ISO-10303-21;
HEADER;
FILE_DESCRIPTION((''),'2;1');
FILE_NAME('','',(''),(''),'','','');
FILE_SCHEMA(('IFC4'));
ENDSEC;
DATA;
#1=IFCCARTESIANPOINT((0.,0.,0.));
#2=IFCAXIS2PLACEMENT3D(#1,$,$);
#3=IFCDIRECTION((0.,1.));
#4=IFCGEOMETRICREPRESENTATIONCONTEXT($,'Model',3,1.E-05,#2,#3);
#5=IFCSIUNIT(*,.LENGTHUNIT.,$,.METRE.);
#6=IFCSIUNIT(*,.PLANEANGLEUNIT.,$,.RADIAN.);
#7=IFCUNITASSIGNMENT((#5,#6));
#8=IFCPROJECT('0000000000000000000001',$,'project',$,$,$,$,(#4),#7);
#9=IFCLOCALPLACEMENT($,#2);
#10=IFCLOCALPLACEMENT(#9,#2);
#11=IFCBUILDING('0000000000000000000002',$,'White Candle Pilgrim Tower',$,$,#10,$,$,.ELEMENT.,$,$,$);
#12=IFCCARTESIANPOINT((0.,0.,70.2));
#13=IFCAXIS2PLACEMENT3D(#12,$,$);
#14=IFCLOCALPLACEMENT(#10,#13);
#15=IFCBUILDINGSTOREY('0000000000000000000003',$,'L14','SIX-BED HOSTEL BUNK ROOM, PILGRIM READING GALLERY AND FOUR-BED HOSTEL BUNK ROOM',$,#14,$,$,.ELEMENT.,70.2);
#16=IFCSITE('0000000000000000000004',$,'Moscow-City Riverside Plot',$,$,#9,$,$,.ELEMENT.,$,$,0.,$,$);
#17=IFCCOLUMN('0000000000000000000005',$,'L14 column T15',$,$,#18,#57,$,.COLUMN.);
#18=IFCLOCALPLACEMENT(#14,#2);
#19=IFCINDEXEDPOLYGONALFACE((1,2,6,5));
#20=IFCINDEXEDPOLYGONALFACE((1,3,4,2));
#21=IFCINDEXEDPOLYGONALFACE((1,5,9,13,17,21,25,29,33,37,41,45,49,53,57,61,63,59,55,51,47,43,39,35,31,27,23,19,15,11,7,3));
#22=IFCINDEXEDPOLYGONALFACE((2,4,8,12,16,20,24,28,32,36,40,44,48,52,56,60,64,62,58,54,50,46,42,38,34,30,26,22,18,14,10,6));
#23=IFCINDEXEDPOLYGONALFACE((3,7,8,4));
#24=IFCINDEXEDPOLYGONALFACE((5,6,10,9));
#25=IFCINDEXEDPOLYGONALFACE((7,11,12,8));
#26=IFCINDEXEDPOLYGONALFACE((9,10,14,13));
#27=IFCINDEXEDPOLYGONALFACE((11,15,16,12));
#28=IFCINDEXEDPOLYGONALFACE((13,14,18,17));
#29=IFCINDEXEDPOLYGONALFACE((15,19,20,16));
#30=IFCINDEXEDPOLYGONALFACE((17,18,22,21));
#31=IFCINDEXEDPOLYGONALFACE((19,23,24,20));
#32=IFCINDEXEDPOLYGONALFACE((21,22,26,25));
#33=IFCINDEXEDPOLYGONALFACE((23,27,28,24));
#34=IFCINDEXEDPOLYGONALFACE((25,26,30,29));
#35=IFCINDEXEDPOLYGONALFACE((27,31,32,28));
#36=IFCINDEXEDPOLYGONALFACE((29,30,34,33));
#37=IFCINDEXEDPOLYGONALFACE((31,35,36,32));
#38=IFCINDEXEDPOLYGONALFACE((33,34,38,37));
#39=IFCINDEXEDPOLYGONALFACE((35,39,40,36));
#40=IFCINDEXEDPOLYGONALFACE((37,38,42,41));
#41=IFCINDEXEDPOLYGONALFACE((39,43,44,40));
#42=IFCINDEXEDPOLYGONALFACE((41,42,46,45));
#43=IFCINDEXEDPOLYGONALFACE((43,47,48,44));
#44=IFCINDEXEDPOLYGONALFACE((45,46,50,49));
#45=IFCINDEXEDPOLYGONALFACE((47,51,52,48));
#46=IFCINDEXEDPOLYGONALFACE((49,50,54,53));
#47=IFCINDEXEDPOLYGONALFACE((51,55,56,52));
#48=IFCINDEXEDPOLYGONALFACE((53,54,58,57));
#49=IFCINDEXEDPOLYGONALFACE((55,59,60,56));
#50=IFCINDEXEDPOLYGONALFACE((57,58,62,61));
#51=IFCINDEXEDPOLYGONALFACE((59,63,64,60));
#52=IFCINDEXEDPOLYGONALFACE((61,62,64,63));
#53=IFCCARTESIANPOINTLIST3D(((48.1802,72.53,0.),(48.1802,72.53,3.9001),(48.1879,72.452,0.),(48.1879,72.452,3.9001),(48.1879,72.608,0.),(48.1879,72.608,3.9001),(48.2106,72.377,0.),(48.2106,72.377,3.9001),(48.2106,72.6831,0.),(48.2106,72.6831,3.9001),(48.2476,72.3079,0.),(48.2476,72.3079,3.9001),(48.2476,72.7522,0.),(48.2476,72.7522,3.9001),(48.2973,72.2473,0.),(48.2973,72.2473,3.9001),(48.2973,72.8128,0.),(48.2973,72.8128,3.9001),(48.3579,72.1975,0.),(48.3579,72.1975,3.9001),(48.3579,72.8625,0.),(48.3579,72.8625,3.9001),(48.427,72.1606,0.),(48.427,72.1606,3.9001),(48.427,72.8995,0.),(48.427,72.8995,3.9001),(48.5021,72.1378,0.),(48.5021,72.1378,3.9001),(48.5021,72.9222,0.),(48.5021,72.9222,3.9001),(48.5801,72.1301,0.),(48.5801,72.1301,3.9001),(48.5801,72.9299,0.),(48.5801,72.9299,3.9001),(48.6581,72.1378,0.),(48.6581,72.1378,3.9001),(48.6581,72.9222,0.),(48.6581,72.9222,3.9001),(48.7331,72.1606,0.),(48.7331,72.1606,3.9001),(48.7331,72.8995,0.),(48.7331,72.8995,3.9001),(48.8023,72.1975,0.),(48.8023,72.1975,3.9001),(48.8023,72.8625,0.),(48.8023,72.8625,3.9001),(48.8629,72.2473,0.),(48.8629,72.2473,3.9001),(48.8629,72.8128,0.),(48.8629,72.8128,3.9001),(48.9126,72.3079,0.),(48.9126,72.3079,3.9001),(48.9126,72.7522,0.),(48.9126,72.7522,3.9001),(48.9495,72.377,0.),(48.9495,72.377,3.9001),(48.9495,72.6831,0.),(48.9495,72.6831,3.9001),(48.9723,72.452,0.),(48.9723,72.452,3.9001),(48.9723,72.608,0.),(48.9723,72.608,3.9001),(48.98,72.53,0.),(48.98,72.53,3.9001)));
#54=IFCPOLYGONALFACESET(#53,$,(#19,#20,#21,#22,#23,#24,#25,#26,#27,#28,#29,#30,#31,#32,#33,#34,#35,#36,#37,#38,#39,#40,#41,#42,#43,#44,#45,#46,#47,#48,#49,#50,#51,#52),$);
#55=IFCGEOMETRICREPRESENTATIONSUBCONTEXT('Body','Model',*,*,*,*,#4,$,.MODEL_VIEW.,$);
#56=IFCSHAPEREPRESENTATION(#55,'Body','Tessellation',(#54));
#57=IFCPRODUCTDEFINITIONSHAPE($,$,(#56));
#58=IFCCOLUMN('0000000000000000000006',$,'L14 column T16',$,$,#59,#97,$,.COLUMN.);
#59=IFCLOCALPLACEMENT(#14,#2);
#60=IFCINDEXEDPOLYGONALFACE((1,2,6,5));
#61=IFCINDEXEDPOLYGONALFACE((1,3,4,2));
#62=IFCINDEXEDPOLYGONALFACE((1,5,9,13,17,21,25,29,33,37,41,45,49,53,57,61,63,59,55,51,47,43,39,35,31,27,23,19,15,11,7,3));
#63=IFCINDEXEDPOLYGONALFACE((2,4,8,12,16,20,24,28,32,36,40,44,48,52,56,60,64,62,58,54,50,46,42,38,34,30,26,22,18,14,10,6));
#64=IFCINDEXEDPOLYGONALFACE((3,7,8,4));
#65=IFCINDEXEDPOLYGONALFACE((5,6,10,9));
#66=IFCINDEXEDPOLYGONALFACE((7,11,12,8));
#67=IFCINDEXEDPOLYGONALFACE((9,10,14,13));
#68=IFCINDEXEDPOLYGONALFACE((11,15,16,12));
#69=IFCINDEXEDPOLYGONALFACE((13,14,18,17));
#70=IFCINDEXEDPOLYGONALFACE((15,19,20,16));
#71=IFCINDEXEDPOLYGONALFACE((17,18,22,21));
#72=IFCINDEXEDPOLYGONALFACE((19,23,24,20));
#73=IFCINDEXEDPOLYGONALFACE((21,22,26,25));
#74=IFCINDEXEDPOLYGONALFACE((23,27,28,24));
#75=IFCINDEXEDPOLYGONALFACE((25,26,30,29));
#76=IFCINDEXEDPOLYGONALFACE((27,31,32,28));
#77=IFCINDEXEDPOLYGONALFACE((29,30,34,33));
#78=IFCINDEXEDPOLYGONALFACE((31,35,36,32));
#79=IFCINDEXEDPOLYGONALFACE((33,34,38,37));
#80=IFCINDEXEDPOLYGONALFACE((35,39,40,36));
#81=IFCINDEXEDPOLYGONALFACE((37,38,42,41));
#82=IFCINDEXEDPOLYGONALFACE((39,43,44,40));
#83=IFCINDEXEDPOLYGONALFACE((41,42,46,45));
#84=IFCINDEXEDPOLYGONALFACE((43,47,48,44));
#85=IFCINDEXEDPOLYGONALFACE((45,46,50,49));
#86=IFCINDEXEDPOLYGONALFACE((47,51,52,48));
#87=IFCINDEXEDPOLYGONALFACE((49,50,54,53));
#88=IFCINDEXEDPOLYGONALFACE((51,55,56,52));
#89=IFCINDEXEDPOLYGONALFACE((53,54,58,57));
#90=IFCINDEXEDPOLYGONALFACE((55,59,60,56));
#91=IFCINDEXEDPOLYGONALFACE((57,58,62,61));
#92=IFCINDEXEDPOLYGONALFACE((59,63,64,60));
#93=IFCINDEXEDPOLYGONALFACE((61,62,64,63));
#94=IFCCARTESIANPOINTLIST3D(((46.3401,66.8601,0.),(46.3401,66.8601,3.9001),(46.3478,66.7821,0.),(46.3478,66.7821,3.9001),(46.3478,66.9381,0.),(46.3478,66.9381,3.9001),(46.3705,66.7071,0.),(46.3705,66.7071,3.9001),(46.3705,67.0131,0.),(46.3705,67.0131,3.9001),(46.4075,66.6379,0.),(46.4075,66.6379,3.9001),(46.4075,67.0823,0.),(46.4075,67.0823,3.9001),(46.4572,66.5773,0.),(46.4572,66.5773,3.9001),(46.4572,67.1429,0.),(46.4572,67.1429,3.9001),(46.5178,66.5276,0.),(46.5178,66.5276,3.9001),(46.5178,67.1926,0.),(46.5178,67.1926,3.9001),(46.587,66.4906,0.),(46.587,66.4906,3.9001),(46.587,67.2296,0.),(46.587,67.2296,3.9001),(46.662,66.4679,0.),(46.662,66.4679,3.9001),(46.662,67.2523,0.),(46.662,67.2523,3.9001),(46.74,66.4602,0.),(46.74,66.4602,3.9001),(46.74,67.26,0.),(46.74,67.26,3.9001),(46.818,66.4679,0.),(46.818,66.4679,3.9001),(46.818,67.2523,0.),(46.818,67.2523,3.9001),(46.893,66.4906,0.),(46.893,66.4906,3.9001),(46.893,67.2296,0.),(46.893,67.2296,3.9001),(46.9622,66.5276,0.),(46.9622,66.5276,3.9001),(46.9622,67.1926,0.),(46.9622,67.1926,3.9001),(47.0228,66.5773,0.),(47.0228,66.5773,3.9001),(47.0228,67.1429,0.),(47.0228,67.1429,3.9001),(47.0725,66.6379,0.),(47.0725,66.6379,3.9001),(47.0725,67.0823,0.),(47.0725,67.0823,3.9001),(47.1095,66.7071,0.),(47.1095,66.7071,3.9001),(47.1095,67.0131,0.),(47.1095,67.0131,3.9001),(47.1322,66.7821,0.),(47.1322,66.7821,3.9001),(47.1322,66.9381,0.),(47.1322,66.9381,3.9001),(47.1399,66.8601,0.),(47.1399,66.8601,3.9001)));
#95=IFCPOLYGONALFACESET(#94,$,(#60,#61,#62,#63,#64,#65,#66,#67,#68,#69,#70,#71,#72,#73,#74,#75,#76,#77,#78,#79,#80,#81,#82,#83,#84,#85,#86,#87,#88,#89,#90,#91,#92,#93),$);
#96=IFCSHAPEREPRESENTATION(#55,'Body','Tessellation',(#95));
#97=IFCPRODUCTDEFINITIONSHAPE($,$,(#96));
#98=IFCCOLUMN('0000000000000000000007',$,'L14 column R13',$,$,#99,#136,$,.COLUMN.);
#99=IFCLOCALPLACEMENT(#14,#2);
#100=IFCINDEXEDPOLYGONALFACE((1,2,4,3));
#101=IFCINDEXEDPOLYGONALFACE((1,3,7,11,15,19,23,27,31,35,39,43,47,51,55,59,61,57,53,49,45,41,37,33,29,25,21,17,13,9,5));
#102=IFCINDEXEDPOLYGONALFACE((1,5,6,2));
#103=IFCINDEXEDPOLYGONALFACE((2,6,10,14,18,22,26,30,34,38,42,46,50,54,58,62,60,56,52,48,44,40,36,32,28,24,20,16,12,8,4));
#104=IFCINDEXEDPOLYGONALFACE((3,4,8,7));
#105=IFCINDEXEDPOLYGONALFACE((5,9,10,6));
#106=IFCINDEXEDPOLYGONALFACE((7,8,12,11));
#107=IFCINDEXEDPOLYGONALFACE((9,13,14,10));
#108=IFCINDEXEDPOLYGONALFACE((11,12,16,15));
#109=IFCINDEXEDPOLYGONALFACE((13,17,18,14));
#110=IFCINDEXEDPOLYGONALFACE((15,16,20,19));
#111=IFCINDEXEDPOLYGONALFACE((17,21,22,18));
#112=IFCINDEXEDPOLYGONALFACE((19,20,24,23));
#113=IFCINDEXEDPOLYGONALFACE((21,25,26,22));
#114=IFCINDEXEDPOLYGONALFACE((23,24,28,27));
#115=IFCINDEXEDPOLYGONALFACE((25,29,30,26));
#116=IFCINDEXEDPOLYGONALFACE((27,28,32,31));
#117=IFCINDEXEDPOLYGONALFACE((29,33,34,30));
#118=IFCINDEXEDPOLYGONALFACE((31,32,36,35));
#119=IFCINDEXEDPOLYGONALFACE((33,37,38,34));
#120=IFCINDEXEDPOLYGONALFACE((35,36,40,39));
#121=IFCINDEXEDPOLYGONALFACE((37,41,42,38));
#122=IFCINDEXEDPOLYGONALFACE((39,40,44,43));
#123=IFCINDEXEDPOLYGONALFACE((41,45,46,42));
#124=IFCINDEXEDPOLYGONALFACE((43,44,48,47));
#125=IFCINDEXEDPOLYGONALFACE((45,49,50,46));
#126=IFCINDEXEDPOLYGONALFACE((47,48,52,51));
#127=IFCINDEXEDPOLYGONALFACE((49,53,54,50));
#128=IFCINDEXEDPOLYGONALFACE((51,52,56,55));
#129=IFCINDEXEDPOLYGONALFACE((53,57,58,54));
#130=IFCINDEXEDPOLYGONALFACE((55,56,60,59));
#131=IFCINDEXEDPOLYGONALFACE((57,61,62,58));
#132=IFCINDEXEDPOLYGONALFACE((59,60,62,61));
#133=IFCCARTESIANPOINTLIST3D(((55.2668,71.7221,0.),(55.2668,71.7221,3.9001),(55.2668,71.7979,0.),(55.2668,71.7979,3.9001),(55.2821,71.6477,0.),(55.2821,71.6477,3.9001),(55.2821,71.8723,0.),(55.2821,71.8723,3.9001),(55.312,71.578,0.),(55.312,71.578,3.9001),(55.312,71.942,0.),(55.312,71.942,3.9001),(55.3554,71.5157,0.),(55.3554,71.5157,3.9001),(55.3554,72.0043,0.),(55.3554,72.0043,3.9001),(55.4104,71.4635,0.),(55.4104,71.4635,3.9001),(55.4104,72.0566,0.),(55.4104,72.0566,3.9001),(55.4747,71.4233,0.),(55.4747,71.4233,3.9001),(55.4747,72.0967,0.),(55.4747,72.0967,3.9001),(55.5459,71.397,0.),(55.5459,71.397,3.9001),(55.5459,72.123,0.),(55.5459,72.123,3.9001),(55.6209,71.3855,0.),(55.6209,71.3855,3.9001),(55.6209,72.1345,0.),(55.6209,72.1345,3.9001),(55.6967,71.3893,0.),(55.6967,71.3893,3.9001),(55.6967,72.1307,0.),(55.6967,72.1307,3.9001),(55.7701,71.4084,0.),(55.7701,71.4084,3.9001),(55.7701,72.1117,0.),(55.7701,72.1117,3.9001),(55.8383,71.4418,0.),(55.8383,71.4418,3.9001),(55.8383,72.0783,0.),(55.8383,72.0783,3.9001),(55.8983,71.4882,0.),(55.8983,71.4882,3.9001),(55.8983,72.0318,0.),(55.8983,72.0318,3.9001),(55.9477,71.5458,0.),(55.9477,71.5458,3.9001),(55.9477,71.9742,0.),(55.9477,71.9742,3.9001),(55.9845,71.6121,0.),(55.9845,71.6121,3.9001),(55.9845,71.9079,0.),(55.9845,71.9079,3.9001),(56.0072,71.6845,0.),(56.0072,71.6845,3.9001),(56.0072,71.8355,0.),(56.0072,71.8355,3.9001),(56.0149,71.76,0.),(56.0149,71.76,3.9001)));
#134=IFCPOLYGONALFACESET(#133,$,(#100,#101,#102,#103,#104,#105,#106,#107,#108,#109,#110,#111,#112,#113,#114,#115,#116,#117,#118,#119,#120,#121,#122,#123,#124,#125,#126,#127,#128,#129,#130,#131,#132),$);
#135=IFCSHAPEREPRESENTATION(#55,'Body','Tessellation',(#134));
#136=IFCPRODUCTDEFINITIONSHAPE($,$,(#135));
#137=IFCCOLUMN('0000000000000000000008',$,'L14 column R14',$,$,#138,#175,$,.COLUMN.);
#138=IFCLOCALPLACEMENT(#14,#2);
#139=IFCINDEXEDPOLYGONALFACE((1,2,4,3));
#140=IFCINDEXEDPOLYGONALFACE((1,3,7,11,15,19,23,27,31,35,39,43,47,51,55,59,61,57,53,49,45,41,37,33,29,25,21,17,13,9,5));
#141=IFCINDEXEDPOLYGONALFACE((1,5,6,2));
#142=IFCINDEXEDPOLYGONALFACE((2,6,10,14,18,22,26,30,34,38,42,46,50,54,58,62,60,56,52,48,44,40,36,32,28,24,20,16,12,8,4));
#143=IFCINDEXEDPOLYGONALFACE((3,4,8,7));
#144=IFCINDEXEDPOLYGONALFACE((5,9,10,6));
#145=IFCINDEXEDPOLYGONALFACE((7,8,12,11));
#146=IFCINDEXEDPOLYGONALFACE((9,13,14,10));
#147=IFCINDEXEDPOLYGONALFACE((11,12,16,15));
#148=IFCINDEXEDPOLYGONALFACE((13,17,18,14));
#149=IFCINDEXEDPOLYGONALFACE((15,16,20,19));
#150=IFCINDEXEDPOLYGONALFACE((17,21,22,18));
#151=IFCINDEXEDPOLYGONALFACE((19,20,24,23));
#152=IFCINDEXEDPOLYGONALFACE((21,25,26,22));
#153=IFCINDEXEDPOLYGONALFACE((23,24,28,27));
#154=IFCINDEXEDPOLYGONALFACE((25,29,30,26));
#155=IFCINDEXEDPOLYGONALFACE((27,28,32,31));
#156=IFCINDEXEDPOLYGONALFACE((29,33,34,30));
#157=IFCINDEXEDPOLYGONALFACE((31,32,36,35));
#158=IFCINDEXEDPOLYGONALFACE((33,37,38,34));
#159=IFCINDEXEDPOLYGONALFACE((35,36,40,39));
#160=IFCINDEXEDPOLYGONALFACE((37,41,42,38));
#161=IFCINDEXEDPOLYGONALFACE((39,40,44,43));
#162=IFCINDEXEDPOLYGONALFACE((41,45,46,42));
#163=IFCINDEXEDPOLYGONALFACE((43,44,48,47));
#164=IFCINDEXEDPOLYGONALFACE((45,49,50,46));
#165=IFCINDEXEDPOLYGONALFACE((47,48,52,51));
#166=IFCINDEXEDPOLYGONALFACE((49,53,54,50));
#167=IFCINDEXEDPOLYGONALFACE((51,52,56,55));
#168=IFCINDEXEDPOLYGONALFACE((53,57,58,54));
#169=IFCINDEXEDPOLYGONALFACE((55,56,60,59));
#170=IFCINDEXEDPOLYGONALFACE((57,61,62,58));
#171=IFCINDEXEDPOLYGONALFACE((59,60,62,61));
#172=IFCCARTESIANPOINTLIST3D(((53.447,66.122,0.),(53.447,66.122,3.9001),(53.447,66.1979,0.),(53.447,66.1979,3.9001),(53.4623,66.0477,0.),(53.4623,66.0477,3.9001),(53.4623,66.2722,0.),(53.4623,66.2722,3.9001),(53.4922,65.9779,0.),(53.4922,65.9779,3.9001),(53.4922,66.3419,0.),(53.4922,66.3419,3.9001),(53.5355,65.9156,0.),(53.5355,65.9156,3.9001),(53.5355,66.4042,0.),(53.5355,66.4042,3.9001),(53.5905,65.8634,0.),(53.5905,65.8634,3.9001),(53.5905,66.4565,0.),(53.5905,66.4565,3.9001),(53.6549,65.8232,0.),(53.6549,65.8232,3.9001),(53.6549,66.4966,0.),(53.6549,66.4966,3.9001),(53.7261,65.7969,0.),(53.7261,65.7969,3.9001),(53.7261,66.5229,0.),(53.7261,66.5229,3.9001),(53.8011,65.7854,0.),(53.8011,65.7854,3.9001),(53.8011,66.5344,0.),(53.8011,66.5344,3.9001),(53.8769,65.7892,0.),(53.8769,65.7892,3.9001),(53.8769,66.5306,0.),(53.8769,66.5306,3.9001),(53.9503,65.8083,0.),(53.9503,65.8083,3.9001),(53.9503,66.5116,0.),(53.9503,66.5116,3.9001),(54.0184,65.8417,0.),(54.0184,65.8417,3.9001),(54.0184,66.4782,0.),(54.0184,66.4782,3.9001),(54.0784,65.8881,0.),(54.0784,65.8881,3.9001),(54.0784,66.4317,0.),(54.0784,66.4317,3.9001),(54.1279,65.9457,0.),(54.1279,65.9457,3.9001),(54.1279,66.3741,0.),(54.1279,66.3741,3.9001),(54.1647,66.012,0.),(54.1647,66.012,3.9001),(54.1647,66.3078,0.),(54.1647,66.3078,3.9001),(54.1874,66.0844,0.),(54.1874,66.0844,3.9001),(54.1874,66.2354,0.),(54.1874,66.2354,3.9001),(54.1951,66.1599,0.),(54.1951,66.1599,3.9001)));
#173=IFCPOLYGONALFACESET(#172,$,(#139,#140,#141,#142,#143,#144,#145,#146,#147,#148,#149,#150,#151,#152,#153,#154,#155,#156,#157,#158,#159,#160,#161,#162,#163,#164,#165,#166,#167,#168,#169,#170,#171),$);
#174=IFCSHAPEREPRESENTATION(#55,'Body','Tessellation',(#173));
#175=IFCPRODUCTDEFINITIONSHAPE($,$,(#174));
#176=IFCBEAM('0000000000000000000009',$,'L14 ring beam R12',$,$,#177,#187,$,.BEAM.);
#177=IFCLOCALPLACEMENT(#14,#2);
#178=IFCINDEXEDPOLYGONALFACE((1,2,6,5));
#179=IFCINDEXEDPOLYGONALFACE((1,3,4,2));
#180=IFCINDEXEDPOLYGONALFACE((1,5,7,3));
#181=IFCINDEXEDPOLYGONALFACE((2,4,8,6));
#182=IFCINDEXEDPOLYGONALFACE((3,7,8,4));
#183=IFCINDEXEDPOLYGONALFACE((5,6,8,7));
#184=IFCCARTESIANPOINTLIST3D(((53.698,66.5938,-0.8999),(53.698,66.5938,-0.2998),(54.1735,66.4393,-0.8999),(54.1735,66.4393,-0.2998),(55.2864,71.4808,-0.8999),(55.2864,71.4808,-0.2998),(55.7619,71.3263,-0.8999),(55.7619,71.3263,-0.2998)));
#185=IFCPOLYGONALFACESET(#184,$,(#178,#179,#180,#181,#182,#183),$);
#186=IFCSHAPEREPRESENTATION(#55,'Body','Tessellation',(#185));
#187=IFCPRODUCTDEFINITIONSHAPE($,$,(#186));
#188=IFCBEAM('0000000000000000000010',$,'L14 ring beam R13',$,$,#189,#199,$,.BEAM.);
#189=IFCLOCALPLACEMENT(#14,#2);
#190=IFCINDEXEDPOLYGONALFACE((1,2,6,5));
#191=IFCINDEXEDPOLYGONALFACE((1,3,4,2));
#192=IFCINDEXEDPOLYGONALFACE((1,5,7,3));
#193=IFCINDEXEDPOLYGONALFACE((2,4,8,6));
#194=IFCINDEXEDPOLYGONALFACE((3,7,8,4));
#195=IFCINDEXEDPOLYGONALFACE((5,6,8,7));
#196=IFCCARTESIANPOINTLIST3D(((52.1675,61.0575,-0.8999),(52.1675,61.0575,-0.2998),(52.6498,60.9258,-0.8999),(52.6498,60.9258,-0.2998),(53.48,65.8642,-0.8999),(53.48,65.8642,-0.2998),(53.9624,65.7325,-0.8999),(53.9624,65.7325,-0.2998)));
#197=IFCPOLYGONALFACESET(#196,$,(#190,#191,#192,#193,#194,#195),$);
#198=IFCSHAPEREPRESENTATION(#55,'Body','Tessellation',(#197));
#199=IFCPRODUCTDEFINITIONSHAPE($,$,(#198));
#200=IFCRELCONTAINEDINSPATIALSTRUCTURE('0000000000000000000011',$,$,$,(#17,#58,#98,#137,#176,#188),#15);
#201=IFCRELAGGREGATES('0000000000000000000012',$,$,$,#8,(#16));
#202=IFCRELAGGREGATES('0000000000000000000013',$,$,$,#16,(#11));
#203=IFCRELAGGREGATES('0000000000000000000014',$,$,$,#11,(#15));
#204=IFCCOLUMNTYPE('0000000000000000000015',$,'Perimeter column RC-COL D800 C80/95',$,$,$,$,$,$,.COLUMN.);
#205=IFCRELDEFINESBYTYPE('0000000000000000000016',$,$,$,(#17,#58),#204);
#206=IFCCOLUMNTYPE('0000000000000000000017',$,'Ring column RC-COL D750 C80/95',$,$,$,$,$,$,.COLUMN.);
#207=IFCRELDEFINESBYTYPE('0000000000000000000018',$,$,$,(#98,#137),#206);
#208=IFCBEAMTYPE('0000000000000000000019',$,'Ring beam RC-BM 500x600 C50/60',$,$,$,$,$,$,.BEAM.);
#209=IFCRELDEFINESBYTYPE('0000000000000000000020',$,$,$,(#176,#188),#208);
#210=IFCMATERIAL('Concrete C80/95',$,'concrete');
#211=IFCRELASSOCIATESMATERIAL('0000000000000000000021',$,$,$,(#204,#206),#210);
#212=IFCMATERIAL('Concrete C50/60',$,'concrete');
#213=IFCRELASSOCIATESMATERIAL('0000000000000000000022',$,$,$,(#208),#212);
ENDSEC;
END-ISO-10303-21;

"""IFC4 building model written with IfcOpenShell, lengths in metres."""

from ifc_helpers import new_model, si_unit, direction, frame, origin, origin_2d, place, context, subcontext, project, spatial, rectangle, circle, extrude, material, material_profile, profile_set, type_object, element, save


model = new_model("IFC4")

# Units and contexts
model_context = context("Model", 3, precision=1e-05, world=origin(), true_north=direction((0.0, 1.0)))
body_context = subcontext(model_context, "Body", "Model", "MODEL_VIEW")
ifc_project = project(units=[si_unit("LENGTHUNIT", "METRE"), si_unit("PLANEANGLEUNIT", "RADIAN")], contexts=[model_context])

# Site, building, storey
site_placement = place(None, origin())
site = spatial("IfcSite", under=ifc_project, at=site_placement, Name="Moscow-City Riverside Plot", CompositionType="ELEMENT", RefElevation=0.0)
building_placement = place(site_placement, origin())
building = spatial("IfcBuilding", under=site, at=building_placement, Name="White Candle Pilgrim Tower", CompositionType="ELEMENT")
storey_placement = place(building_placement, frame((0.0, 0.0, 70.2)))
storey = spatial("IfcBuildingStorey", under=building, at=storey_placement, Name="L14", Description="SIX-BED HOSTEL BUNK ROOM, PILGRIM READING GALLERY AND FOUR-BED HOSTEL BUNK ROOM", CompositionType="ELEMENT", Elevation=70.2)

# Columns
ifc_material_1 = material(Name="Concrete C80/95", Category="concrete")
ifc_material_profile_1 = material_profile(ifc_material_1, circle(Radius=0.3999, at=origin_2d()), Name="RC-COL D800")
ifc_profile_set_1 = profile_set([ifc_material_profile_1], Name="Concrete C80/95")
column_type_1 = type_object("IfcColumnType", Name="Perimeter column RC-COL D800 C80/95", PredefinedType="COLUMN", material=ifc_profile_set_1)
for number, where, z_axis, x_axis, name in (
    (1, (48.5801, 72.53, 0.0), (0.0, 0.0, 1.0), (1.0, 0.0, 0.0), "L14 column T15"),
    (2, (46.74, 66.8601, 0.0), (0.0, 0.0, 1.0), (1.0, 0.0, 0.0), "L14 column T16"),
):
    element("IfcColumn", number, at=place(storey_placement, frame(where, z_axis=z_axis, x_axis=x_axis)), inside=storey, type_object=column_type_1, Name=name, PredefinedType="COLUMN", context=body_context, shape_type="SweptSolid", body=[
        extrude(circle(Radius=0.3999, at=origin_2d()), origin(), (0.0, 0.0, 1.0), 3.9001),
    ])
ifc_material_profile_2 = material_profile(ifc_material_1, circle(Radius=0.375, at=origin_2d()), Name="RC-COL D750")
ifc_profile_set_2 = profile_set([ifc_material_profile_2], Name="Concrete C80/95")
column_type_2 = type_object("IfcColumnType", Name="Ring column RC-COL D750 C80/95", PredefinedType="COLUMN", material=ifc_profile_set_2)
for number, where, z_axis, x_axis, name in (
    (3, (55.6399, 71.76, 0.0), (0.0, 0.0, 1.0), (1.0, 0.0, 0.0), "L14 column R13"),
    (4, (53.8201, 66.1599, 0.0), (0.0, 0.0, 1.0), (1.0, 0.0, 0.0), "L14 column R14"),
):
    element("IfcColumn", number, at=place(storey_placement, frame(where, z_axis=z_axis, x_axis=x_axis)), inside=storey, type_object=column_type_2, Name=name, PredefinedType="COLUMN", context=body_context, shape_type="SweptSolid", body=[
        extrude(circle(Radius=0.375, at=origin_2d()), origin(), (0.0, 0.0, 1.0), 3.9001),
    ])

# Beams
ifc_material_2 = material(Name="Concrete C50/60", Category="concrete")
ifc_material_profile_3 = material_profile(ifc_material_2, rectangle(XDim=0.5, YDim=0.6001, at=origin_2d()), Name="RC-BM 500x600")
ifc_profile_set_3 = profile_set([ifc_material_profile_3], Name="Concrete C50/60")
beam_type_1 = type_object("IfcBeamType", Name="Ring beam RC-BM 500x600 C50/60", PredefinedType="BEAM", material=ifc_profile_set_3)
beam_1_placement = place(storey_placement, frame((55.5242, 71.4036, -0.5999), z_axis=(-0.309106, -0.951027, 0.0), x_axis=(0.951027, -0.309106, 0.0)))
element("IfcBeam", 5, at=beam_1_placement, inside=storey, type_object=beam_type_1, Name="L14 ring beam R12", PredefinedType="BEAM", context=body_context, shape_type="SweptSolid", body=[
    extrude(rectangle(XDim=0.5, YDim=0.6001, at=origin_2d()), origin(), (0.0, 0.0, 1.0), 5.1387),
])
beam_2_placement = place(storey_placement, frame((53.7212, 65.7983, -0.5999), z_axis=(-0.263416, -0.964682, 0.0), x_axis=(0.964682, -0.263416, 0.0)))
element("IfcBeam", 6, at=beam_2_placement, inside=storey, type_object=beam_type_1, Name="L14 ring beam R13", PredefinedType="BEAM", context=body_context, shape_type="SweptSolid", body=[
    extrude(rectangle(XDim=0.5, YDim=0.6001, at=origin_2d()), origin(), (0.0, 0.0, 1.0), 4.9827),
])

save(model, "model.ifc")
